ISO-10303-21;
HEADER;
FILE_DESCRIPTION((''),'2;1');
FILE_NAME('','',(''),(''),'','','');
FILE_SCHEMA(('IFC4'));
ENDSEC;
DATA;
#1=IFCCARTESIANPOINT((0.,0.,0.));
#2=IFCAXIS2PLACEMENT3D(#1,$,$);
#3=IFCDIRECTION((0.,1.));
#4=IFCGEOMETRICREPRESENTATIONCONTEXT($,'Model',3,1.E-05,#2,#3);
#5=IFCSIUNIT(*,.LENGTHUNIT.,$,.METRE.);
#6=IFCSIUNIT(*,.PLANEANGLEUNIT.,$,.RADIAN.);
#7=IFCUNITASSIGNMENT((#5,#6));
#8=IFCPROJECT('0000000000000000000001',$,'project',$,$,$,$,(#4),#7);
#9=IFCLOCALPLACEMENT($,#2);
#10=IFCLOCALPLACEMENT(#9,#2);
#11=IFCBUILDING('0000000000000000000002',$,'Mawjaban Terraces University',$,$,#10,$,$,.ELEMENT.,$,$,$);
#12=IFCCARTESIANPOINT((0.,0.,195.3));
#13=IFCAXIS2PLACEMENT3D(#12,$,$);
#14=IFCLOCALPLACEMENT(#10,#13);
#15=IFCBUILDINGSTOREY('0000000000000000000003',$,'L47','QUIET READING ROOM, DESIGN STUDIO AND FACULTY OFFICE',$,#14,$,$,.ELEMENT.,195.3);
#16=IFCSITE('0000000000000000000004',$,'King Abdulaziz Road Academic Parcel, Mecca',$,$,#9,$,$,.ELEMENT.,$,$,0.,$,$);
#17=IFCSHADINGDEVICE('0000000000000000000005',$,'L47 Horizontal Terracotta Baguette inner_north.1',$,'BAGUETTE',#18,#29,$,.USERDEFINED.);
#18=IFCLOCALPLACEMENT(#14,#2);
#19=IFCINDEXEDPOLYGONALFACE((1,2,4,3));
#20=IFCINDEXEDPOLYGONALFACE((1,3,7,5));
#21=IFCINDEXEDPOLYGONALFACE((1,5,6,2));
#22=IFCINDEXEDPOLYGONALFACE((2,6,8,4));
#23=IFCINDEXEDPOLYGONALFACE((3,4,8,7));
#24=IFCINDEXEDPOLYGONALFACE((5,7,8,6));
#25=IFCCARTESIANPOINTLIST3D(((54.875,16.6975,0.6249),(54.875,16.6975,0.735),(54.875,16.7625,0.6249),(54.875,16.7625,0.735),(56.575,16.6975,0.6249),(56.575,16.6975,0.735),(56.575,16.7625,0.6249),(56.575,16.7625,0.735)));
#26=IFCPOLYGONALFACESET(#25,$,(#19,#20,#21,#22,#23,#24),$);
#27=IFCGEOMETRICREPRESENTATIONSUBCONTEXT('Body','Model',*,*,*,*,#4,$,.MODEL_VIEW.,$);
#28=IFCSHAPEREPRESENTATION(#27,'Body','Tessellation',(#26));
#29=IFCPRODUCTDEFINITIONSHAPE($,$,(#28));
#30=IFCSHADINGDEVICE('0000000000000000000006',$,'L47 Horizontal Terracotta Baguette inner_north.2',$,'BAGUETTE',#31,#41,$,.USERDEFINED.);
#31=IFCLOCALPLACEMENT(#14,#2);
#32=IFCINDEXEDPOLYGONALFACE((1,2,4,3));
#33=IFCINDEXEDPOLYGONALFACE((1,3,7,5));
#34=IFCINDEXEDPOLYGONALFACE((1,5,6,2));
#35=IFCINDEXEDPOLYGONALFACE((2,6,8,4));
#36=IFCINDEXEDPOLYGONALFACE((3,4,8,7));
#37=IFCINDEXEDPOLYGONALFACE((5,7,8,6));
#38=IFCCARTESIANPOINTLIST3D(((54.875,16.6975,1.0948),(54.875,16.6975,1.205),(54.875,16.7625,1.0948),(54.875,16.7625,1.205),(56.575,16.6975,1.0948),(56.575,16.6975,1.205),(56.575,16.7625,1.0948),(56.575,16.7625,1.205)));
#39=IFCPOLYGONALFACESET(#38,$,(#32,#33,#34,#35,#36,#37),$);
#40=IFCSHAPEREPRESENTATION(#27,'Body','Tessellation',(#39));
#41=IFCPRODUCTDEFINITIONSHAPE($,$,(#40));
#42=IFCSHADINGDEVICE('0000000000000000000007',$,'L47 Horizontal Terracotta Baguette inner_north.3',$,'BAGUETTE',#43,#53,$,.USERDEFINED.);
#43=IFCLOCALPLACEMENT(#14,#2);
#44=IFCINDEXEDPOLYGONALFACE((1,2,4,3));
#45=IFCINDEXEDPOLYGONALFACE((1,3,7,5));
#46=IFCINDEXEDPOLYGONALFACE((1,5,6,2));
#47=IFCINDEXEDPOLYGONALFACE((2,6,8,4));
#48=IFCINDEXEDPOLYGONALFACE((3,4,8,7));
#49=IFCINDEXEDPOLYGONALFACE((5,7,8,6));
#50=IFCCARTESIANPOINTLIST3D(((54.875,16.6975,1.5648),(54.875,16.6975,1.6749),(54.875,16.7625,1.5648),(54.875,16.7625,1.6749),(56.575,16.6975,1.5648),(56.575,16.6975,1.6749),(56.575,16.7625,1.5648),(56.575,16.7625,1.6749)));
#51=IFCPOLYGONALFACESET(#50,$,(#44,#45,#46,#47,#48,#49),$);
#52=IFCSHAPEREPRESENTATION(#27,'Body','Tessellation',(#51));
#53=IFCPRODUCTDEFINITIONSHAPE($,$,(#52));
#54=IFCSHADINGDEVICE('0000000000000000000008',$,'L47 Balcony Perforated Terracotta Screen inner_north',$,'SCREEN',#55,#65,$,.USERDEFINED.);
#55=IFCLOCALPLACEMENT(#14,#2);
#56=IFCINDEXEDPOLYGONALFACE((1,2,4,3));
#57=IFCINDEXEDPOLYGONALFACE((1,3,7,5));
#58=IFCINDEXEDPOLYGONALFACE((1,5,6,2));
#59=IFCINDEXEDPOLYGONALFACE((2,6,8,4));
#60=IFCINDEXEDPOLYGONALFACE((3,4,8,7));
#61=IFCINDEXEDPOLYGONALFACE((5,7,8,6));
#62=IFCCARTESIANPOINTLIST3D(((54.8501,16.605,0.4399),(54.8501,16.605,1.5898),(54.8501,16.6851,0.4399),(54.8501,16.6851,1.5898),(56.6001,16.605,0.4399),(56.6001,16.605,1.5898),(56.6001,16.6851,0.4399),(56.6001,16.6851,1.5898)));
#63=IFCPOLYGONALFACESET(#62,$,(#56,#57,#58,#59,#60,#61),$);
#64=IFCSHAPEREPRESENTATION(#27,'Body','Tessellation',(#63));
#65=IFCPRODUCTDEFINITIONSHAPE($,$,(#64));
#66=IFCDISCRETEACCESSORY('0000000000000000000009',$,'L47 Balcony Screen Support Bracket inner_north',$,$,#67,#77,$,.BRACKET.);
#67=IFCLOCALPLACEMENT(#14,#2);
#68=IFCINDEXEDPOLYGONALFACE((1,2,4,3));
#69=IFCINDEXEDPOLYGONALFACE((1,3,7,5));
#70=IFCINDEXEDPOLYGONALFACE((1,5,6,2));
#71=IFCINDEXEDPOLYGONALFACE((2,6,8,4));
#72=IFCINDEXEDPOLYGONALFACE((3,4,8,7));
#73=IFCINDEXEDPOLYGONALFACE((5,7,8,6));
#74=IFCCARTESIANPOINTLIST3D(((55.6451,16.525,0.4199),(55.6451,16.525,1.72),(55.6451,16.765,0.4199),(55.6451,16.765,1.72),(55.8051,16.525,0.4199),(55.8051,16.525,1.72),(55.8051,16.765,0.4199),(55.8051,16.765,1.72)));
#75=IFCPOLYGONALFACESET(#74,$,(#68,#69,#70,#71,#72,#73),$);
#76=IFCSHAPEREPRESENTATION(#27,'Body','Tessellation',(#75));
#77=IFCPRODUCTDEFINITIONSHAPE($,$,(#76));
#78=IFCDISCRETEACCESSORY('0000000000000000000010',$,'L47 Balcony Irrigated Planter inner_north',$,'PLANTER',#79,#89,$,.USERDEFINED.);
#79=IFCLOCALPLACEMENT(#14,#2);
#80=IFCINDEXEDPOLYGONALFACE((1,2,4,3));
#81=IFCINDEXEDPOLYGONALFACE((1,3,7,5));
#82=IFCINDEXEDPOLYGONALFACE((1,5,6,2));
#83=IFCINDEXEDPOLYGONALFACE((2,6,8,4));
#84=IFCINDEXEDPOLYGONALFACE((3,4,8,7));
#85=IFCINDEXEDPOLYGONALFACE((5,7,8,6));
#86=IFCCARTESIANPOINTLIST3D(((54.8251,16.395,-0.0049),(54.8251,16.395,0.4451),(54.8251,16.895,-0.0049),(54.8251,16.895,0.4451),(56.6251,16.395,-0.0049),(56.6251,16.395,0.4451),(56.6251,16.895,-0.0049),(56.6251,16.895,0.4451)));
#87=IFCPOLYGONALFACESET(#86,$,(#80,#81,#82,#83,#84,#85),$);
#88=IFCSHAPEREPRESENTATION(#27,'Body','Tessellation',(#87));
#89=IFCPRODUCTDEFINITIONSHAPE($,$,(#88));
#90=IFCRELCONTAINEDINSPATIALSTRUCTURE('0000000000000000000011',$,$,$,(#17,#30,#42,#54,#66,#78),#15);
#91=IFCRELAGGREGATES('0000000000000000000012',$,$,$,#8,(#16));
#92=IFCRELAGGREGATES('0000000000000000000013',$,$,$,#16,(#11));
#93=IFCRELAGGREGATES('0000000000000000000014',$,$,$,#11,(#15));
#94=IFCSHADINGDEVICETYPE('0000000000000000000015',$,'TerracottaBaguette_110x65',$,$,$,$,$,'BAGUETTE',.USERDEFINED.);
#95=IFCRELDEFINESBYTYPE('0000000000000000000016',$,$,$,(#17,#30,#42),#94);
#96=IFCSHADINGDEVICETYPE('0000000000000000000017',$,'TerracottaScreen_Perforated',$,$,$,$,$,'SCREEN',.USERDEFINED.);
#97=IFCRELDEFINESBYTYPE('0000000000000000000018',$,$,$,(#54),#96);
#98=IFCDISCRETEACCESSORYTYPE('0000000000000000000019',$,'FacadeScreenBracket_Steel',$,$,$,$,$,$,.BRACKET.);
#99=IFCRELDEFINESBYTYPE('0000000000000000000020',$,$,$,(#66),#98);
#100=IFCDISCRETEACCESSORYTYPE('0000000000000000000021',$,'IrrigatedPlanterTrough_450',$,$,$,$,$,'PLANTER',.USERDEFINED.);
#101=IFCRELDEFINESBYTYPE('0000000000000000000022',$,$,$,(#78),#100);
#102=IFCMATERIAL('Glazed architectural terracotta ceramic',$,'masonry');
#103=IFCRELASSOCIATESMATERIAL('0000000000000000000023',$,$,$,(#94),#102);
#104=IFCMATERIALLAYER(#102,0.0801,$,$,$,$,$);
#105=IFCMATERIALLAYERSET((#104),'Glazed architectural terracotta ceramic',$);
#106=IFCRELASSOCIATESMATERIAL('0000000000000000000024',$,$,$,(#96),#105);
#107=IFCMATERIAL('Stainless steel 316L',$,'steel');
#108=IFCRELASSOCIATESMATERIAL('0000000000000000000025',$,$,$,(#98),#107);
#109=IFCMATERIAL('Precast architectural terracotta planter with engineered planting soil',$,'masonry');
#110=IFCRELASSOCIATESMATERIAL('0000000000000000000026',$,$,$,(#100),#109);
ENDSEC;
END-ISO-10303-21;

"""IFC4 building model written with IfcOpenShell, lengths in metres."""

from ifc_helpers import new_model, si_unit, direction, frame, origin, origin_2d, place, context, subcontext, project, spatial, rectangle, extrude, material, layer, layer_set, material_profile, profile_set, type_object, element, save


model = new_model("IFC4")

# Units and contexts
model_context = context("Model", 3, precision=1e-05, world=origin(), true_north=direction((0.0, 1.0)))
body_context = subcontext(model_context, "Body", "Model", "MODEL_VIEW")
ifc_project = project(units=[si_unit("LENGTHUNIT", "METRE"), si_unit("PLANEANGLEUNIT", "RADIAN")], contexts=[model_context])

# Site, building, storey
site_placement = place(None, origin())
site = spatial("IfcSite", under=ifc_project, at=site_placement, Name="King Abdulaziz Road Academic Parcel, Mecca", CompositionType="ELEMENT", RefElevation=0.0)
building_placement = place(site_placement, origin())
building = spatial("IfcBuilding", under=site, at=building_placement, Name="Mawjaban Terraces University", CompositionType="ELEMENT")
storey_placement = place(building_placement, frame((0.0, 0.0, 195.3)))
storey = spatial("IfcBuildingStorey", under=building, at=storey_placement, Name="L47", Description="QUIET READING ROOM, DESIGN STUDIO AND FACULTY OFFICE", CompositionType="ELEMENT", Elevation=195.3)

# Shading devices
ifc_material_1 = material(Name="Glazed architectural terracotta ceramic", Category="masonry")
ifc_material_profile_1 = material_profile(ifc_material_1, rectangle(XDim=0.0649, YDim=0.1101, at=origin_2d()), Name="TBAG110X65")
ifc_profile_set_1 = profile_set([ifc_material_profile_1], Name="Glazed architectural terracotta ceramic")
shading_device_type_1 = type_object("IfcShadingDeviceType", Name="TerracottaBaguette_110x65", ElementType="BAGUETTE", PredefinedType="USERDEFINED", material=ifc_profile_set_1)
for number, where, z_axis, x_axis, name in (
    (1, (54.875, 16.73, 0.6799), (1.0, 0.0, 0.0), (0.0, 1.0, 0.0), "L47 Horizontal Terracotta Baguette inner_north.1"),
    (2, (54.875, 16.73, 1.1499), (1.0, 0.0, 0.0), (0.0, 1.0, 0.0), "L47 Horizontal Terracotta Baguette inner_north.2"),
    (3, (54.875, 16.73, 1.6199), (1.0, 0.0, 0.0), (0.0, 1.0, 0.0), "L47 Horizontal Terracotta Baguette inner_north.3"),
):
    element("IfcShadingDevice", number, at=place(storey_placement, frame(where, z_axis=z_axis, x_axis=x_axis)), inside=storey, type_object=shading_device_type_1, Name=name, ObjectType="BAGUETTE", PredefinedType="USERDEFINED", context=body_context, shape_type="SweptSolid", body=[
        extrude(rectangle(XDim=0.0649, YDim=0.1101, at=origin_2d()), origin(), (0.0, 0.0, 1.0), 1.7),
    ])
ifc_layer_1 = layer(ifc_material_1, 0.0801)
ifc_layer_set_1 = layer_set([ifc_layer_1], Name="Glazed architectural terracotta ceramic")
shading_device_type_2 = type_object("IfcShadingDeviceType", Name="TerracottaScreen_Perforated", ElementType="SCREEN", PredefinedType="USERDEFINED", material=ifc_layer_set_1)
shading_device_placement = place(storey_placement, frame((55.7251, 16.645, 0.4399), z_axis=(0.0, 0.0, 1.0), x_axis=(1.0, 0.0, 0.0)))
element("IfcShadingDevice", 4, at=shading_device_placement, inside=storey, type_object=shading_device_type_2, Name="L47 Balcony Perforated Terracotta Screen inner_north", ObjectType="SCREEN", PredefinedType="USERDEFINED", context=body_context, shape_type="SweptSolid", body=[
    extrude(rectangle(XDim=1.75, YDim=0.0801, at=origin_2d()), origin(), (0.0, 0.0, 1.0), 1.1499),
])

# Discrete accessories
ifc_material_2 = material(Name="Stainless steel 316L", Category="steel")
discrete_accessory_type_1 = type_object("IfcDiscreteAccessoryType", Name="FacadeScreenBracket_Steel", PredefinedType="BRACKET", material=ifc_material_2)
discrete_accessory_1_placement = place(storey_placement, frame((55.7251, 16.645, 0.4199), z_axis=(0.0, 0.0, 1.0), x_axis=(1.0, 0.0, 0.0)))
element("IfcDiscreteAccessory", 5, at=discrete_accessory_1_placement, inside=storey, type_object=discrete_accessory_type_1, Name="L47 Balcony Screen Support Bracket inner_north", PredefinedType="BRACKET", context=body_context, shape_type="SweptSolid", body=[
    extrude(rectangle(XDim=0.1599, YDim=0.24, at=origin_2d()), origin(), (0.0, 0.0, 1.0), 1.3),
])
ifc_material_3 = material(Name="Precast architectural terracotta planter with engineered planting soil", Category="masonry")
discrete_accessory_type_2 = type_object("IfcDiscreteAccessoryType", Name="IrrigatedPlanterTrough_450", ElementType="PLANTER", PredefinedType="USERDEFINED", material=ifc_material_3)
discrete_accessory_2_placement = place(storey_placement, frame((55.7251, 16.645, -0.0049), z_axis=(0.0, 0.0, 1.0), x_axis=(1.0, 0.0, 0.0)))
element("IfcDiscreteAccessory", 6, at=discrete_accessory_2_placement, inside=storey, type_object=discrete_accessory_type_2, Name="L47 Balcony Irrigated Planter inner_north", ObjectType="PLANTER", PredefinedType="USERDEFINED", context=body_context, shape_type="SweptSolid", body=[
    extrude(rectangle(XDim=1.8, YDim=0.5, at=origin_2d()), origin(), (0.0, 0.0, 1.0), 0.45),
])

save(model, "model.ifc")
